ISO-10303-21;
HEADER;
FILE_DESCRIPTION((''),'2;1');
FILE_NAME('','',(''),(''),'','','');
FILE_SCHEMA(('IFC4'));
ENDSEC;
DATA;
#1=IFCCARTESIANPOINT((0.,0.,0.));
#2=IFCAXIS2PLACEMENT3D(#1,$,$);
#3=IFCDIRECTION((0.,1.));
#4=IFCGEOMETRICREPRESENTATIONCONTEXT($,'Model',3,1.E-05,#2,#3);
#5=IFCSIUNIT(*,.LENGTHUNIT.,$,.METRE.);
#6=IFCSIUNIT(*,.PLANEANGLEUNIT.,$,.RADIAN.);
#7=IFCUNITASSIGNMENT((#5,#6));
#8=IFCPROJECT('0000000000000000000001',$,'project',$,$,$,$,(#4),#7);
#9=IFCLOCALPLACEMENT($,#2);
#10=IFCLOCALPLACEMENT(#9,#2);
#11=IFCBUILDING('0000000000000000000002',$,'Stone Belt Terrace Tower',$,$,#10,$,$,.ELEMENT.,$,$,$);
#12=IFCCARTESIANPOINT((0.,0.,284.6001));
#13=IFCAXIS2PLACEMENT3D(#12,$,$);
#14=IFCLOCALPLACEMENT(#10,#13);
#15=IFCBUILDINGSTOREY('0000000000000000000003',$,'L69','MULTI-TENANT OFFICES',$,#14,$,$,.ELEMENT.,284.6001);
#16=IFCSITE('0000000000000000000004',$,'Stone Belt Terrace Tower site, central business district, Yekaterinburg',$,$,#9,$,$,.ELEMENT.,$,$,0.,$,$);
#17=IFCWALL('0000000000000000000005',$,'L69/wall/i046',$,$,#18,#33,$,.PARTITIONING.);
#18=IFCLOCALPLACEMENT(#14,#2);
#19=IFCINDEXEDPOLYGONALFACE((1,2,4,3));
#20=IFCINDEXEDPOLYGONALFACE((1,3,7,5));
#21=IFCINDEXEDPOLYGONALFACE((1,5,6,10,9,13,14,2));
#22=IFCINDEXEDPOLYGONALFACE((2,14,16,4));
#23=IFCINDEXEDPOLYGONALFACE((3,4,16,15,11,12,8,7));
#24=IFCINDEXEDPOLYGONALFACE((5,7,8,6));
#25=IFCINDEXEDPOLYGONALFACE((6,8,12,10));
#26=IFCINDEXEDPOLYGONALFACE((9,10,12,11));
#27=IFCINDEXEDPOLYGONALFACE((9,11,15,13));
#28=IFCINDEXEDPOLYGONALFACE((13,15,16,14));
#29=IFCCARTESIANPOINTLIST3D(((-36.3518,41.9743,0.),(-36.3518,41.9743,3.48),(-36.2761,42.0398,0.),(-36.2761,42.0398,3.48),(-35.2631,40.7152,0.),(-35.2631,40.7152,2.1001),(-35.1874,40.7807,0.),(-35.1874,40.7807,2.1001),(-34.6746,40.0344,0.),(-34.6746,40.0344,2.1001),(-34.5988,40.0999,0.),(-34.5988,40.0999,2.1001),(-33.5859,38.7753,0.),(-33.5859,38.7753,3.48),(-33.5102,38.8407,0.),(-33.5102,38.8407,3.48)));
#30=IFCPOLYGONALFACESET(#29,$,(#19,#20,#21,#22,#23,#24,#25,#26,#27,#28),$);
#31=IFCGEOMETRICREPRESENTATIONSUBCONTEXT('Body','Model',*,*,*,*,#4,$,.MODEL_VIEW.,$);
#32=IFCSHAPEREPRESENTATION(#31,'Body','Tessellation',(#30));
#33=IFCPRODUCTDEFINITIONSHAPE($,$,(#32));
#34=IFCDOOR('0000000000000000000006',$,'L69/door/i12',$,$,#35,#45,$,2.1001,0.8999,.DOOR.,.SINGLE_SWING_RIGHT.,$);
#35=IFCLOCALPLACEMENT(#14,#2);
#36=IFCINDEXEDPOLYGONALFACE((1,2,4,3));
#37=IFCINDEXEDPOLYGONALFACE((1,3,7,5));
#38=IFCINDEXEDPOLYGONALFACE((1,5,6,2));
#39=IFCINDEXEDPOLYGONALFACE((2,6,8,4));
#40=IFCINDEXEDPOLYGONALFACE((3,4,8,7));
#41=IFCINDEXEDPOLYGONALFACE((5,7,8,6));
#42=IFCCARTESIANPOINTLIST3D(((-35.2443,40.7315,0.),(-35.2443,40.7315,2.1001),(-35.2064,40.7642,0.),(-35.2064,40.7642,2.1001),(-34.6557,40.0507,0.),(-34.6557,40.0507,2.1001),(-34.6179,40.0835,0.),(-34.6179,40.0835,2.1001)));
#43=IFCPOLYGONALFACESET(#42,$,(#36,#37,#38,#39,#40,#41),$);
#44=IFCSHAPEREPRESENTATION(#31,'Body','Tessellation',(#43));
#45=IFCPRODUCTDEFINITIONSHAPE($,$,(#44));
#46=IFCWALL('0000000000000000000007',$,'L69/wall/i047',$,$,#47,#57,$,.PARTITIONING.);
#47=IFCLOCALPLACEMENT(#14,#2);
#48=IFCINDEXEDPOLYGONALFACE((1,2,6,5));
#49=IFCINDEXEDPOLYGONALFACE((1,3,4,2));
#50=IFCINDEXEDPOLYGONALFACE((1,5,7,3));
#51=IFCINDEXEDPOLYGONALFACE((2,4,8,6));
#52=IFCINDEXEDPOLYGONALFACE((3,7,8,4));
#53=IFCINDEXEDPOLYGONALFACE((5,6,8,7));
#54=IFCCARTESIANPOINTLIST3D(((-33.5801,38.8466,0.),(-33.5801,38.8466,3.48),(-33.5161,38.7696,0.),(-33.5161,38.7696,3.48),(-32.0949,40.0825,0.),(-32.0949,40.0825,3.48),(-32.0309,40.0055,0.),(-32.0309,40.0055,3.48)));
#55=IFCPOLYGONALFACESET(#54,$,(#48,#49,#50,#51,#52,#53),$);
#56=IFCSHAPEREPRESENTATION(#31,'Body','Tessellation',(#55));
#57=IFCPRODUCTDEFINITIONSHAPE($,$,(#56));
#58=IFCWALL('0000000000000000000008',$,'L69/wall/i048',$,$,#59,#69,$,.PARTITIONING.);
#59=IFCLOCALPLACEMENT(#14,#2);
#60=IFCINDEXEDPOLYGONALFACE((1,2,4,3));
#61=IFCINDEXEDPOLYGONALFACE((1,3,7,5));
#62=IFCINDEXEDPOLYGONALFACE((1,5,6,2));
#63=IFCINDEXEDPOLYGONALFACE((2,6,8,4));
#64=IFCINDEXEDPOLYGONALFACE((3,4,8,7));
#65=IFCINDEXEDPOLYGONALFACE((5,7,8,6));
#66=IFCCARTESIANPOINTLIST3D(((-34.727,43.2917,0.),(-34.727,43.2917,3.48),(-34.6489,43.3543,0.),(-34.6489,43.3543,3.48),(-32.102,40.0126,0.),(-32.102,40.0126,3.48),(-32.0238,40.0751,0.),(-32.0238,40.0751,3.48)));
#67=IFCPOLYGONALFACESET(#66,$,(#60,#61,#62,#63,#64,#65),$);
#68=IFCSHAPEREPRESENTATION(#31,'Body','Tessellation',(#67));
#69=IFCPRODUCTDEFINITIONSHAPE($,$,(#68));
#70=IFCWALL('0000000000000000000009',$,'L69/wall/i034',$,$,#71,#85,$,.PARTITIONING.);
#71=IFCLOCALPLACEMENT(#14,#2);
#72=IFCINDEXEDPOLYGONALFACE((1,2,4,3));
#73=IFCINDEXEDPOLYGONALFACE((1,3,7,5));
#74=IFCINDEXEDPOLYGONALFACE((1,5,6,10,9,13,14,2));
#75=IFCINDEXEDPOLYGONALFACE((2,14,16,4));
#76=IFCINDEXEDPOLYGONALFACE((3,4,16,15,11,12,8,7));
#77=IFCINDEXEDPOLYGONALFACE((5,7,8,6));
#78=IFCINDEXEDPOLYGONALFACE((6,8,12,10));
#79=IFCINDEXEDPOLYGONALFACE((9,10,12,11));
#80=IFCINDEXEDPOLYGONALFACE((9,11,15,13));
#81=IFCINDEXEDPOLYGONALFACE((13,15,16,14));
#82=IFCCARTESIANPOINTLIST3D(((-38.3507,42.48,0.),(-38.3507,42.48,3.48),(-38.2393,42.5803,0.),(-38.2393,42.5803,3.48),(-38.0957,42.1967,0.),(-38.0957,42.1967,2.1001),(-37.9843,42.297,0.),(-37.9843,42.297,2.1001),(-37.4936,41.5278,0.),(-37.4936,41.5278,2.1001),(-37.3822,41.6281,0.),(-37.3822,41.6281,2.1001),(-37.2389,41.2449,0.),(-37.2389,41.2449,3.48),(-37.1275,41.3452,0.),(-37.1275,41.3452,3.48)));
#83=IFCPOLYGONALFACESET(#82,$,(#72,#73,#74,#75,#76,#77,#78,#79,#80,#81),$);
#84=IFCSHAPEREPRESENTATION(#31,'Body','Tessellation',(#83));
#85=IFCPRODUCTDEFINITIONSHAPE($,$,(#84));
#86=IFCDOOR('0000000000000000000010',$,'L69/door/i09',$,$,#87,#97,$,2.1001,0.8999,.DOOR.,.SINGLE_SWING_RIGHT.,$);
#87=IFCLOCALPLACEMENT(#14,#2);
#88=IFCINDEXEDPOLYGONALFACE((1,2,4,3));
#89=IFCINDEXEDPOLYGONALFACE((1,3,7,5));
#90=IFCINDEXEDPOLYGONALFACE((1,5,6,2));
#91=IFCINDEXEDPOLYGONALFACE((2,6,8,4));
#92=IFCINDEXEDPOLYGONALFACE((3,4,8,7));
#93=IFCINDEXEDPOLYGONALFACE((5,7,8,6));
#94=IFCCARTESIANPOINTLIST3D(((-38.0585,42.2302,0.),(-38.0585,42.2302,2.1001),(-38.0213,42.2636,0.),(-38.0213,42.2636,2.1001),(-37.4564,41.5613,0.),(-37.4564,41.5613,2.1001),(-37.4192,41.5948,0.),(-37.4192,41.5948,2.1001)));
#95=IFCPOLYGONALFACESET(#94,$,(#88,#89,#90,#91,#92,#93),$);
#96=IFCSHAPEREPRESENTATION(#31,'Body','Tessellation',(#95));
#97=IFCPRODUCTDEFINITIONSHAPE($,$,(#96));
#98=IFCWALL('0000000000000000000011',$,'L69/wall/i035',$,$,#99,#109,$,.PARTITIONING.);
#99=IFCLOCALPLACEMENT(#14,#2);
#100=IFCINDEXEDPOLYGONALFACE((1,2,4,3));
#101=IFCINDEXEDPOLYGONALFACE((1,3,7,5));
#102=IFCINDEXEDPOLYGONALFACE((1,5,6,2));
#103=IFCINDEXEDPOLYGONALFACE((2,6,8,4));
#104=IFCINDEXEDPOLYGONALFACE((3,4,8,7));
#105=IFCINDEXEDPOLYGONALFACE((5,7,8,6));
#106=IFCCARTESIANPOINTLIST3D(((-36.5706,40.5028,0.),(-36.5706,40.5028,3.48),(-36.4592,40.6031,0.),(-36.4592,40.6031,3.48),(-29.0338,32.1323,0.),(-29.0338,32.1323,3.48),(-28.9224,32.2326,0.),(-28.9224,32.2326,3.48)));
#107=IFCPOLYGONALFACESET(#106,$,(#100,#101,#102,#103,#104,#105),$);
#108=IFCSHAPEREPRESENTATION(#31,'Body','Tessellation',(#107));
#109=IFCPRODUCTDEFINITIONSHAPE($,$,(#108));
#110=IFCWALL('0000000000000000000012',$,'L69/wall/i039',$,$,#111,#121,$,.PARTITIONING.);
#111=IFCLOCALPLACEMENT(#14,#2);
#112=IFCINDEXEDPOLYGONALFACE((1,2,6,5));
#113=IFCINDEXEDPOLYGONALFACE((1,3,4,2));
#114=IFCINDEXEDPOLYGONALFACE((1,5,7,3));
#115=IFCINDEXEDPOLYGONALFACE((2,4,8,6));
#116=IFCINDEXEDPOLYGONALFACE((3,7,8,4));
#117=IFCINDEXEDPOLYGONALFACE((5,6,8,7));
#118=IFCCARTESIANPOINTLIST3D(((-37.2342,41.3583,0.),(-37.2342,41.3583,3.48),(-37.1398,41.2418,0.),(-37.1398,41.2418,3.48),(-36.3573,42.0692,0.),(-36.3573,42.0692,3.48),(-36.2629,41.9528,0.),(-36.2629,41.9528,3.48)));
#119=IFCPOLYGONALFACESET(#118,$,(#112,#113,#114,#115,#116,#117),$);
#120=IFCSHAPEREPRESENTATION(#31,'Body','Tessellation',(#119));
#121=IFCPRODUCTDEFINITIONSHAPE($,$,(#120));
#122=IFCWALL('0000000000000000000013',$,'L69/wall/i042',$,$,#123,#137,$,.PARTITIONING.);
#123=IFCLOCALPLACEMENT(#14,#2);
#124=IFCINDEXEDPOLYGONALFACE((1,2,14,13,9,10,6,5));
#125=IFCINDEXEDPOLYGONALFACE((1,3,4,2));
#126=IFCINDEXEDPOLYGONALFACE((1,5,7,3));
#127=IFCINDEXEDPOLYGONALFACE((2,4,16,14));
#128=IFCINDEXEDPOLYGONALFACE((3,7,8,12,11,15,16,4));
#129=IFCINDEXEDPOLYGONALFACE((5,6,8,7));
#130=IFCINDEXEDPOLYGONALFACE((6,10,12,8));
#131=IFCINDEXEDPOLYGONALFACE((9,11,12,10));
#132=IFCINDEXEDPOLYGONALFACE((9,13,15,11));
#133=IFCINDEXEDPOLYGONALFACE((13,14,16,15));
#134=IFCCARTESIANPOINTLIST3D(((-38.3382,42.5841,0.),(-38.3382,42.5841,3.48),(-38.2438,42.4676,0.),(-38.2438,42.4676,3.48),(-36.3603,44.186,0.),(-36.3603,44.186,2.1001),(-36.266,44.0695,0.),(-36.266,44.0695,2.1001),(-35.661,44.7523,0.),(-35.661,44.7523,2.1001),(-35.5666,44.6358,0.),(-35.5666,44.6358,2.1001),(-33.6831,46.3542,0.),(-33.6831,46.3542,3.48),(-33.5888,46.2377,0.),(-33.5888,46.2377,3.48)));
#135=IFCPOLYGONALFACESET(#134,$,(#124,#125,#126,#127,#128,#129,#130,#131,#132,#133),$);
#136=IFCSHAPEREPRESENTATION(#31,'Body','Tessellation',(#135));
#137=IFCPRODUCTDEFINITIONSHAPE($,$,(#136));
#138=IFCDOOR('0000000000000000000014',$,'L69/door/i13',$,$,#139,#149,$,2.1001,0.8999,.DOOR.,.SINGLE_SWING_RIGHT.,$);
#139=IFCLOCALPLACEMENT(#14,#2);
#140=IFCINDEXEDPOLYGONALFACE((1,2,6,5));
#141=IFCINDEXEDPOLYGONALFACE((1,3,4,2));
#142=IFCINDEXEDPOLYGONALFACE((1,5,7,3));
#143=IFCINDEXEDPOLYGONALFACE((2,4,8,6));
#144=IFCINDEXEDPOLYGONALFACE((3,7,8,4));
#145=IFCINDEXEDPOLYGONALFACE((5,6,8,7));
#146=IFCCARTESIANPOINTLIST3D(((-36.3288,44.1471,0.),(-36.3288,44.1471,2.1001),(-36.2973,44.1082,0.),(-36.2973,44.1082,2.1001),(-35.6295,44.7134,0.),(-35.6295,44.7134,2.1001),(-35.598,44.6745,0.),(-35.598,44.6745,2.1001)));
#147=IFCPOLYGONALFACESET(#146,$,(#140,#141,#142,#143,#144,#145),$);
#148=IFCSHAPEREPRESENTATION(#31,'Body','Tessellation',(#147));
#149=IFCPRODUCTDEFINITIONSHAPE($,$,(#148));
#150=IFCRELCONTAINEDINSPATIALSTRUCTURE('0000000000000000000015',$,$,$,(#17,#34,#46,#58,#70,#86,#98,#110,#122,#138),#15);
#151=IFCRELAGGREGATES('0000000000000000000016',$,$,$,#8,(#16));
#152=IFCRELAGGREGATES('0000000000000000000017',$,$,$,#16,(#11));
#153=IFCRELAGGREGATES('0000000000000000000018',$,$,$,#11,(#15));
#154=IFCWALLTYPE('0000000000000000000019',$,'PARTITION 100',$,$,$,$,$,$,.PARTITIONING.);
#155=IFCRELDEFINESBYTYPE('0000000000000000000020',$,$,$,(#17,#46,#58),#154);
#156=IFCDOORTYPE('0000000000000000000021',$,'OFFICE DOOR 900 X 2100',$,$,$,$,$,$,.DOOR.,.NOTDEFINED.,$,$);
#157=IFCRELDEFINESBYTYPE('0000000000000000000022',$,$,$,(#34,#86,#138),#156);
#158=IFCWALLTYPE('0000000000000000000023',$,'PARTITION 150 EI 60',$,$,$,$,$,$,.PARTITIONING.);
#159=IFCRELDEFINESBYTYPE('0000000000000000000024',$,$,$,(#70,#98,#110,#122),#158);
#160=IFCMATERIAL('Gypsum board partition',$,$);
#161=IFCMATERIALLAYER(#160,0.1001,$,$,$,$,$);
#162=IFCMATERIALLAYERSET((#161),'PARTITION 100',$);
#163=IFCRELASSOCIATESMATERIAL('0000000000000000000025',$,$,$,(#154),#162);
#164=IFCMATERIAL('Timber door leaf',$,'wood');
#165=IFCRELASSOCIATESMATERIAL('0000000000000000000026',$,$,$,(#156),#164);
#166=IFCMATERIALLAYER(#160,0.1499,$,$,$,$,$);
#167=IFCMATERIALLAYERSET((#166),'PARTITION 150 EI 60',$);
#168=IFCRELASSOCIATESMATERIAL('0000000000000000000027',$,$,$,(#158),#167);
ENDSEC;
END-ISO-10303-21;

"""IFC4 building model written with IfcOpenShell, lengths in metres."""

from ifc_helpers import new_model, si_unit, direction, frame, frame_2d, origin, place, context, subcontext, project, spatial, rectangle, extrude, material, layer, layer_set, type_object, element, fill, save


model = new_model("IFC4")

# Units and contexts
model_context = context("Model", 3, precision=1e-05, world=origin(), true_north=direction((0.0, 1.0)))
body_context = subcontext(model_context, "Body", "Model", "MODEL_VIEW")
ifc_project = project(units=[si_unit("LENGTHUNIT", "METRE"), si_unit("PLANEANGLEUNIT", "RADIAN")], contexts=[model_context])

# Site, building, storey
site_placement = place(None, origin())
site = spatial("IfcSite", under=ifc_project, at=site_placement, Name="Stone Belt Terrace Tower site, central business district, Yekaterinburg", CompositionType="ELEMENT", RefElevation=0.0)
building_placement = place(site_placement, origin())
building = spatial("IfcBuilding", under=site, at=building_placement, Name="Stone Belt Terrace Tower", CompositionType="ELEMENT")
storey_placement = place(building_placement, frame((0.0, 0.0, 284.6001)))
storey = spatial("IfcBuildingStorey", under=building, at=storey_placement, Name="L69", Description="MULTI-TENANT OFFICES", CompositionType="ELEMENT", Elevation=284.6001)

# Wall, opening, door
ifc_material_1 = material(Name="Gypsum board partition")
ifc_layer_1 = layer(ifc_material_1, 0.1001)
ifc_layer_set_1 = layer_set([ifc_layer_1], Name="PARTITION 100")
wall_type_1 = type_object("IfcWallType", Name="PARTITION 100", PredefinedType="PARTITIONING", material=ifc_layer_set_1)
wall_1_placement = place(storey_placement, frame((-36.314, 42.0071, 0.0), z_axis=(0.0, 0.0, 1.0), x_axis=(0.654042, -0.756458, 0.0)))
wall_1 = element("IfcWall", 1, at=wall_1_placement, inside=storey, type_object=wall_type_1, Name="L69/wall/i046", PredefinedType="PARTITIONING", context=body_context, shape_type="SweptSolid", body=[
    extrude(rectangle(XDim=4.229, YDim=0.1001, at=frame_2d((2.1145, 0.0))), origin(), (0.0, 0.0, 1.0), 3.48),
])
opening_1_placement = place(wall_1_placement, frame((1.6646, 0.0, 0.0)))
opening_1 = element("IfcOpeningElement", 2, at=opening_1_placement, cuts=wall_1, PredefinedType="OPENING", context=body_context, shape_type="SweptSolid", body=[
    extrude(rectangle(XDim=0.8999, YDim=2.1001, at=frame_2d((0.45, 1.05))), frame((0.0, 0.0601, 0.0), z_axis=(0.0, -1.0, 0.0), x_axis=(1.0, 0.0, 0.0)), (0.0, 0.0, 1.0), 0.1201),
])
ifc_material_2 = material(Name="Timber door leaf", Category="wood")
door_type = type_object("IfcDoorType", Name="OFFICE DOOR 900 X 2100", OperationType="NOTDEFINED", PredefinedType="DOOR", material=ifc_material_2)
door_1_placement = place(opening_1_placement, origin())
door_1 = element("IfcDoor", 3, at=door_1_placement, inside=storey, type_object=door_type, Name="L69/door/i12", OperationType="SINGLE_SWING_RIGHT", OverallHeight=2.1001, OverallWidth=0.8999, PredefinedType="DOOR", context=body_context, shape_type="SweptSolid", body=[
    extrude(rectangle(XDim=0.8999, YDim=2.1001, at=frame_2d((0.45, 1.05))), frame((0.0, 0.0249, 0.0), z_axis=(0.0, -1.0, 0.0), x_axis=(1.0, 0.0, 0.0)), (0.0, 0.0, 1.0), 0.05),
])
fill(opening_1, door_1)

# Walls
wall_2_placement = place(storey_placement, frame((-33.5481, 38.8081, 0.0), z_axis=(0.0, 0.0, 1.0), x_axis=(0.768666, 0.63965, 0.0)))
element("IfcWall", 4, at=wall_2_placement, inside=storey, type_object=wall_type_1, Name="L69/wall/i047", PredefinedType="PARTITIONING", context=body_context, shape_type="SweptSolid", body=[
    extrude(rectangle(XDim=1.9321, YDim=0.1001, at=frame_2d((0.9661, 0.0))), origin(), (0.0, 0.0, 1.0), 3.48),
])
wall_3_placement = place(storey_placement, frame((-32.063, 40.0439, 0.0), z_axis=(0.0, 0.0, 1.0), x_axis=(-0.62495, 0.780665, 0.0)))
element("IfcWall", 5, at=wall_3_placement, inside=storey, type_object=wall_type_1, Name="L69/wall/i048", PredefinedType="PARTITIONING", context=body_context, shape_type="SweptSolid", body=[
    extrude(rectangle(XDim=4.2004, YDim=0.1001, at=frame_2d((2.1001, 0.0))), origin(), (0.0, 0.0, 1.0), 3.48),
])

# Wall, opening, door
ifc_layer_2 = layer(ifc_material_1, 0.1499)
ifc_layer_set_2 = layer_set([ifc_layer_2], Name="PARTITION 150 EI 60")
wall_type_2 = type_object("IfcWallType", Name="PARTITION 150 EI 60", PredefinedType="PARTITIONING", material=ifc_layer_set_2)
wall_4_placement = place(storey_placement, frame((-37.1831, 41.2949, 0.0), z_axis=(0.0, 0.0, 1.0), x_axis=(-0.669038, 0.743228, 0.0)))
wall_4 = element("IfcWall", 6, at=wall_4_placement, inside=storey, type_object=wall_type_2, Name="L69/wall/i034", PredefinedType="PARTITIONING", context=body_context, shape_type="SweptSolid", body=[
    extrude(rectangle(XDim=1.6619, YDim=0.1499, at=frame_2d((0.8311, 0.0))), origin(), (0.0, 0.0, 1.0), 3.48),
])
opening_2_placement = place(wall_4_placement, frame((0.3809, 0.0, 0.0)))
opening_2 = element("IfcOpeningElement", 7, at=opening_2_placement, cuts=wall_4, PredefinedType="OPENING", context=body_context, shape_type="SweptSolid", body=[
    extrude(rectangle(XDim=0.8999, YDim=2.1001, at=frame_2d((0.45, 1.05))), frame((0.0, 0.085, 0.0), z_axis=(0.0, -1.0, 0.0), x_axis=(1.0, 0.0, 0.0)), (0.0, 0.0, 1.0), 0.1699),
])
door_2_placement = place(opening_2_placement, origin())
door_2 = element("IfcDoor", 8, at=door_2_placement, inside=storey, type_object=door_type, Name="L69/door/i09", OperationType="SINGLE_SWING_RIGHT", OverallHeight=2.1001, OverallWidth=0.8999, PredefinedType="DOOR", context=body_context, shape_type="SweptSolid", body=[
    extrude(rectangle(XDim=0.8999, YDim=2.1001, at=frame_2d((0.45, 1.05))), frame((0.0, 0.0249, 0.0), z_axis=(0.0, -1.0, 0.0), x_axis=(1.0, 0.0, 0.0)), (0.0, 0.0, 1.0), 0.05),
])
fill(opening_2, door_2)

# Walls
wall_5_placement = place(storey_placement, frame((-36.5149, 40.553, 0.0), z_axis=(0.0, 0.0, 1.0), x_axis=(0.669128, -0.743148, 0.0)))
element("IfcWall", 9, at=wall_5_placement, inside=storey, type_object=wall_type_2, Name="L69/wall/i035", PredefinedType="PARTITIONING", context=body_context, shape_type="SweptSolid", body=[
    extrude(rectangle(XDim=11.2637, YDim=0.1499, at=frame_2d((5.6318, 0.0))), origin(), (0.0, 0.0, 1.0), 3.48),
])
wall_6_placement = place(storey_placement, frame((-36.3101, 42.011, 0.0), z_axis=(0.0, 0.0, 1.0), x_axis=(-0.776801, -0.629746, 0.0)))
element("IfcWall", 10, at=wall_6_placement, inside=storey, type_object=wall_type_2, Name="L69/wall/i039", PredefinedType="PARTITIONING", context=body_context, shape_type="SweptSolid", body=[
    extrude(rectangle(XDim=1.1289, YDim=0.1499, at=frame_2d((0.5645, 0.0))), origin(), (0.0, 0.0, 1.0), 3.48),
])

# Wall, opening, door
wall_7_placement = place(storey_placement, frame((-38.291, 42.5259, 0.0), z_axis=(0.0, 0.0, 1.0), x_axis=(0.777109, 0.629366, 0.0)))
wall_7 = element("IfcWall", 11, at=wall_7_placement, inside=storey, type_object=wall_type_2, Name="L69/wall/i042", PredefinedType="PARTITIONING", context=body_context, shape_type="SweptSolid", body=[
    extrude(rectangle(XDim=5.9902, YDim=0.1499, at=frame_2d((2.9951, 0.0))), origin(), (0.0, 0.0, 1.0), 3.48),
])
opening_3_placement = place(wall_7_placement, frame((2.5452, 0.0, 0.0)))
opening_3 = element("IfcOpeningElement", 12, at=opening_3_placement, cuts=wall_7, PredefinedType="OPENING", context=body_context, shape_type="SweptSolid", body=[
    extrude(rectangle(XDim=0.8999, YDim=2.1001, at=frame_2d((0.45, 1.05))), frame((0.0, 0.085, 0.0), z_axis=(0.0, -1.0, 0.0), x_axis=(1.0, 0.0, 0.0)), (0.0, 0.0, 1.0), 0.1699),
])
door_3_placement = place(opening_3_placement, origin())
door_3 = element("IfcDoor", 13, at=door_3_placement, inside=storey, type_object=door_type, Name="L69/door/i13", OperationType="SINGLE_SWING_RIGHT", OverallHeight=2.1001, OverallWidth=0.8999, PredefinedType="DOOR", context=body_context, shape_type="SweptSolid", body=[
    extrude(rectangle(XDim=0.8999, YDim=2.1001, at=frame_2d((0.45, 1.05))), frame((0.0, 0.0249, 0.0), z_axis=(0.0, -1.0, 0.0), x_axis=(1.0, 0.0, 0.0)), (0.0, 0.0, 1.0), 0.05),
])
fill(opening_3, door_3)

save(model, "model.ifc")
